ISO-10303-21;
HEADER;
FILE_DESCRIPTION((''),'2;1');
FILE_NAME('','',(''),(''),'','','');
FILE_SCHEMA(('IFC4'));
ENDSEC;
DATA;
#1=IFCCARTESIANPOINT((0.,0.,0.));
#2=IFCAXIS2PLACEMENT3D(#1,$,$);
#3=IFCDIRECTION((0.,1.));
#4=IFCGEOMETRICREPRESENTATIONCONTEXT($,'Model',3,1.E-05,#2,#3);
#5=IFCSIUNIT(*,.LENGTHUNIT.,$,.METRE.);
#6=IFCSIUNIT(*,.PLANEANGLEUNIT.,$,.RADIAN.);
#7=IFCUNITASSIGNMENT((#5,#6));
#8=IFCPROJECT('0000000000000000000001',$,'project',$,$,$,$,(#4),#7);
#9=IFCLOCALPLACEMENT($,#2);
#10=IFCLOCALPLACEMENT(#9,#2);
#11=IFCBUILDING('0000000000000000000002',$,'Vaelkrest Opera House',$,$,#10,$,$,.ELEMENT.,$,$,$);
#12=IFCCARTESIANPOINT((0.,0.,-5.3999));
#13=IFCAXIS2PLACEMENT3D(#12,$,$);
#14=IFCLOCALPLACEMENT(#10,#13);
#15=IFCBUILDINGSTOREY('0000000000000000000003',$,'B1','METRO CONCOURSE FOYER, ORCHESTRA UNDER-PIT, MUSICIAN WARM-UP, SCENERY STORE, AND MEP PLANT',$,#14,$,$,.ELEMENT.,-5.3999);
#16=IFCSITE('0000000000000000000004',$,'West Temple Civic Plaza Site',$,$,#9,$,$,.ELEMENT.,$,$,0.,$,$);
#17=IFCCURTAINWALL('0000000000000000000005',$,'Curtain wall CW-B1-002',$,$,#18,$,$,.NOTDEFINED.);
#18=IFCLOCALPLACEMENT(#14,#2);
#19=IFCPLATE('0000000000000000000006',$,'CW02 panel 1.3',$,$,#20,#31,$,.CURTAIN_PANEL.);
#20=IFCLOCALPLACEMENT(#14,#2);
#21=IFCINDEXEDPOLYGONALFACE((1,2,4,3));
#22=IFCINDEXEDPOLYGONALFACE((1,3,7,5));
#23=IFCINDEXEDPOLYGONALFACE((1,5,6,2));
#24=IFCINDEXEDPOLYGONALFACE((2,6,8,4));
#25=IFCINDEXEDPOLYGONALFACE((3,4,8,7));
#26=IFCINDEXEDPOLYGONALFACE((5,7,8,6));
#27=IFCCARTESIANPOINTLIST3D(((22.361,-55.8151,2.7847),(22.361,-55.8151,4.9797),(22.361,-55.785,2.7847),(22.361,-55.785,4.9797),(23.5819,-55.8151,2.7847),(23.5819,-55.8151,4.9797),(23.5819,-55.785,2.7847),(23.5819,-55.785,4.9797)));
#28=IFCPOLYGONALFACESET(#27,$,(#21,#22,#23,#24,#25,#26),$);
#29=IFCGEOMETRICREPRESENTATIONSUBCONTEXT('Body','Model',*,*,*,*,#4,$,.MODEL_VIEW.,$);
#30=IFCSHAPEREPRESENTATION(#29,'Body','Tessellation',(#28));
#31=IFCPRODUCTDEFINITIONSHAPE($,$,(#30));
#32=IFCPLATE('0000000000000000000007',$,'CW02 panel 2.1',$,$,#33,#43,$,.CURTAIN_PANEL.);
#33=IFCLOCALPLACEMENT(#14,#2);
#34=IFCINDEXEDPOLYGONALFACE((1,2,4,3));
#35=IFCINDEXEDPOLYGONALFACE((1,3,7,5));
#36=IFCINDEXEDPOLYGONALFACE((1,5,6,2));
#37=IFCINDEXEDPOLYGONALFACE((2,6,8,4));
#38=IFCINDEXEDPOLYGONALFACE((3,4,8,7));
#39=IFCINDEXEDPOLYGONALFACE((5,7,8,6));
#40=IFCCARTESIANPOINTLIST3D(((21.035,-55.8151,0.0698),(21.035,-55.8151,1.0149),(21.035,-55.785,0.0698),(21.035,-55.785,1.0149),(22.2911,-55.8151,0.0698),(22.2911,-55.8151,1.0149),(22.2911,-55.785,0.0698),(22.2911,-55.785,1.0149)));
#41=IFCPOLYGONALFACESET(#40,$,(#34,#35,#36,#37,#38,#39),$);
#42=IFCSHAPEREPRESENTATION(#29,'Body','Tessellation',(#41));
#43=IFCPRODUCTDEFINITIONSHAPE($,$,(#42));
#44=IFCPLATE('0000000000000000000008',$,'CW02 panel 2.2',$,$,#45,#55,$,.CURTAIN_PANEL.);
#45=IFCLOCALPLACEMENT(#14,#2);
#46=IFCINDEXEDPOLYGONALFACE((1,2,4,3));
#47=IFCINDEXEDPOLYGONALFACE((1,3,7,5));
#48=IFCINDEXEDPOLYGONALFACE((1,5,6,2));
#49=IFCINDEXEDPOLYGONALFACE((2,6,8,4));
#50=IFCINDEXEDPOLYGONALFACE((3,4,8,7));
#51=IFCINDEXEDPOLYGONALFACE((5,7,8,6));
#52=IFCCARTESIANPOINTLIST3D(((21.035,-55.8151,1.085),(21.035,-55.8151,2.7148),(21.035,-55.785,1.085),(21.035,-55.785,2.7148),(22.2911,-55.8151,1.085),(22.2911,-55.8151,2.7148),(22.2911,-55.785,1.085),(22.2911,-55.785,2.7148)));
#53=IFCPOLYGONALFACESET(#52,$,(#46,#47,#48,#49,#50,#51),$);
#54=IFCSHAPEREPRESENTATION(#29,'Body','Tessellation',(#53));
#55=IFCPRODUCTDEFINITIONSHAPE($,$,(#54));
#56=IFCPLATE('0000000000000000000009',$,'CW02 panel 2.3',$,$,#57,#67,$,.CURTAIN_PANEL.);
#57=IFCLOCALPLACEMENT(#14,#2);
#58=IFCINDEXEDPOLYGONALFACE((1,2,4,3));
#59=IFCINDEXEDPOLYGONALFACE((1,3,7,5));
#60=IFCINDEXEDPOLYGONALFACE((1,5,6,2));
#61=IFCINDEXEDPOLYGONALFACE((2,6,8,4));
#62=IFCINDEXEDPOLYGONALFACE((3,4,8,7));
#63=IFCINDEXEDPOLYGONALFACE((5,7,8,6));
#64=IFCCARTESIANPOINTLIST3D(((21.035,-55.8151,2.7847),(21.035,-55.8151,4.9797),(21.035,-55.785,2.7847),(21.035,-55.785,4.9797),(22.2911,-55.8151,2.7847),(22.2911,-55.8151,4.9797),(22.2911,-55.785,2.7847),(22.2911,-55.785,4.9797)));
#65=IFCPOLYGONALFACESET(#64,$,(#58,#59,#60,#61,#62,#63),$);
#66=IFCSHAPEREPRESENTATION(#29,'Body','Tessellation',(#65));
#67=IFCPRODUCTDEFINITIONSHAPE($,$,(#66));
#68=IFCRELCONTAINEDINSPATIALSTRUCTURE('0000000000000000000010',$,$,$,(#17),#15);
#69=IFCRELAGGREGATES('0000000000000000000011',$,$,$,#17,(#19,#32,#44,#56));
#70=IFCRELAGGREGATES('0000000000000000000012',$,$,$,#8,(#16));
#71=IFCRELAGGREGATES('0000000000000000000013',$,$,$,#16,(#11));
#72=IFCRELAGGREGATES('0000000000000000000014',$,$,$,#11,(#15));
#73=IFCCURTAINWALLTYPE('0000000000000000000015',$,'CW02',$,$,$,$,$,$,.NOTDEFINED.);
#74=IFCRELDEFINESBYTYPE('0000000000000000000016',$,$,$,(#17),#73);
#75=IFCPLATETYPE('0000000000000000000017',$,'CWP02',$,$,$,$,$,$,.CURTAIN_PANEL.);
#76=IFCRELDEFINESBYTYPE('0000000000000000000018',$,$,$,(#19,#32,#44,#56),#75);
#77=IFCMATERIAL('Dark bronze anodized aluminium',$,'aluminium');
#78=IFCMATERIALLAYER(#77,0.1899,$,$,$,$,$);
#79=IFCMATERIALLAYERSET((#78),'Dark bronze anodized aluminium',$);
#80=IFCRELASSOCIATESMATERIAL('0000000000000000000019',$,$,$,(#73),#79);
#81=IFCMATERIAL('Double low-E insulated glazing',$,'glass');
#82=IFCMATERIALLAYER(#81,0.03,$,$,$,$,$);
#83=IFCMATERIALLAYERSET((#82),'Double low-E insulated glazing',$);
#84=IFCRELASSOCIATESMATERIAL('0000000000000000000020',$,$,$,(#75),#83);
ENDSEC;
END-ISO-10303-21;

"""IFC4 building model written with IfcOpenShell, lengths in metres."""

from ifc_helpers import new_model, si_unit, direction, frame, origin, origin_2d, place, context, subcontext, project, spatial, rectangle, extrude, material, layer, layer_set, type_object, element, aggregate, save


model = new_model("IFC4")

# Units and contexts
model_context = context("Model", 3, precision=1e-05, world=origin(), true_north=direction((0.0, 1.0)))
body_context = subcontext(model_context, "Body", "Model", "MODEL_VIEW")
ifc_project = project(units=[si_unit("LENGTHUNIT", "METRE"), si_unit("PLANEANGLEUNIT", "RADIAN")], contexts=[model_context])

# Site, building, storey
site_placement = place(None, origin())
site = spatial("IfcSite", under=ifc_project, at=site_placement, Name="West Temple Civic Plaza Site", CompositionType="ELEMENT", RefElevation=0.0)
building_placement = place(site_placement, origin())
building = spatial("IfcBuilding", under=site, at=building_placement, Name="Vaelkrest Opera House", CompositionType="ELEMENT")
storey_placement = place(building_placement, frame((0.0, 0.0, -5.3999)))
storey = spatial("IfcBuildingStorey", under=building, at=storey_placement, Name="B1", Description="METRO CONCOURSE FOYER, ORCHESTRA UNDER-PIT, MUSICIAN WARM-UP, SCENERY STORE, AND MEP PLANT", CompositionType="ELEMENT", Elevation=-5.3999)

# Curtain wall, plates
ifc_material_1 = material(Name="Dark bronze anodized aluminium", Category="aluminium")
ifc_layer_1 = layer(ifc_material_1, 0.1899)
ifc_layer_set_1 = layer_set([ifc_layer_1], Name="Dark bronze anodized aluminium")
curtain_wall_type = type_object("IfcCurtainWallType", Name="CW02", PredefinedType="NOTDEFINED", material=ifc_layer_set_1)
curtain_wall_placement = place(storey_placement, origin())
curtain_wall = element("IfcCurtainWall", 1, at=curtain_wall_placement, inside=storey, type_object=curtain_wall_type, Name="Curtain wall CW-B1-002", PredefinedType="NOTDEFINED")
ifc_material_2 = material(Name="Double low-E insulated glazing", Category="glass")
ifc_layer_2 = layer(ifc_material_2, 0.03)
ifc_layer_set_2 = layer_set([ifc_layer_2], Name="Double low-E insulated glazing")
plate_type = type_object("IfcPlateType", Name="CWP02", PredefinedType="CURTAIN_PANEL", material=ifc_layer_set_2)
plate_1_placement = place(storey_placement, frame((22.9714, -55.8, 2.7847), z_axis=(0.0, 0.0, 1.0), x_axis=(-1.0, 0.0, 0.0)))
plate_1 = element("IfcPlate", 2, at=plate_1_placement, type_object=plate_type, Name="CW02 panel 1.3", PredefinedType="CURTAIN_PANEL", context=body_context, shape_type="SweptSolid", body=[
    extrude(rectangle(XDim=1.2209, YDim=0.03, at=origin_2d()), origin(), (0.0, 0.0, 1.0), 2.1951),
])
plate_2_placement = place(storey_placement, frame((21.6631, -55.8, 0.0698), z_axis=(0.0, 0.0, 1.0), x_axis=(-1.0, 0.0, 0.0)))
plate_2 = element("IfcPlate", 3, at=plate_2_placement, type_object=plate_type, Name="CW02 panel 2.1", PredefinedType="CURTAIN_PANEL", context=body_context, shape_type="SweptSolid", body=[
    extrude(rectangle(XDim=1.2561, YDim=0.03, at=origin_2d()), origin(), (0.0, 0.0, 1.0), 0.9451),
])
plate_3_placement = place(storey_placement, frame((21.6631, -55.8, 1.085), z_axis=(0.0, 0.0, 1.0), x_axis=(-1.0, 0.0, 0.0)))
plate_3 = element("IfcPlate", 4, at=plate_3_placement, type_object=plate_type, Name="CW02 panel 2.2", PredefinedType="CURTAIN_PANEL", context=body_context, shape_type="SweptSolid", body=[
    extrude(rectangle(XDim=1.2561, YDim=0.03, at=origin_2d()), origin(), (0.0, 0.0, 1.0), 1.6299),
])
plate_4_placement = place(storey_placement, frame((21.6631, -55.8, 2.7847), z_axis=(0.0, 0.0, 1.0), x_axis=(-1.0, 0.0, 0.0)))
plate_4 = element("IfcPlate", 5, at=plate_4_placement, type_object=plate_type, Name="CW02 panel 2.3", PredefinedType="CURTAIN_PANEL", context=body_context, shape_type="SweptSolid", body=[
    extrude(rectangle(XDim=1.2561, YDim=0.03, at=origin_2d()), origin(), (0.0, 0.0, 1.0), 2.1951),
])
aggregate(curtain_wall, [plate_1, plate_2, plate_3, plate_4])

save(model, "model.ifc")
